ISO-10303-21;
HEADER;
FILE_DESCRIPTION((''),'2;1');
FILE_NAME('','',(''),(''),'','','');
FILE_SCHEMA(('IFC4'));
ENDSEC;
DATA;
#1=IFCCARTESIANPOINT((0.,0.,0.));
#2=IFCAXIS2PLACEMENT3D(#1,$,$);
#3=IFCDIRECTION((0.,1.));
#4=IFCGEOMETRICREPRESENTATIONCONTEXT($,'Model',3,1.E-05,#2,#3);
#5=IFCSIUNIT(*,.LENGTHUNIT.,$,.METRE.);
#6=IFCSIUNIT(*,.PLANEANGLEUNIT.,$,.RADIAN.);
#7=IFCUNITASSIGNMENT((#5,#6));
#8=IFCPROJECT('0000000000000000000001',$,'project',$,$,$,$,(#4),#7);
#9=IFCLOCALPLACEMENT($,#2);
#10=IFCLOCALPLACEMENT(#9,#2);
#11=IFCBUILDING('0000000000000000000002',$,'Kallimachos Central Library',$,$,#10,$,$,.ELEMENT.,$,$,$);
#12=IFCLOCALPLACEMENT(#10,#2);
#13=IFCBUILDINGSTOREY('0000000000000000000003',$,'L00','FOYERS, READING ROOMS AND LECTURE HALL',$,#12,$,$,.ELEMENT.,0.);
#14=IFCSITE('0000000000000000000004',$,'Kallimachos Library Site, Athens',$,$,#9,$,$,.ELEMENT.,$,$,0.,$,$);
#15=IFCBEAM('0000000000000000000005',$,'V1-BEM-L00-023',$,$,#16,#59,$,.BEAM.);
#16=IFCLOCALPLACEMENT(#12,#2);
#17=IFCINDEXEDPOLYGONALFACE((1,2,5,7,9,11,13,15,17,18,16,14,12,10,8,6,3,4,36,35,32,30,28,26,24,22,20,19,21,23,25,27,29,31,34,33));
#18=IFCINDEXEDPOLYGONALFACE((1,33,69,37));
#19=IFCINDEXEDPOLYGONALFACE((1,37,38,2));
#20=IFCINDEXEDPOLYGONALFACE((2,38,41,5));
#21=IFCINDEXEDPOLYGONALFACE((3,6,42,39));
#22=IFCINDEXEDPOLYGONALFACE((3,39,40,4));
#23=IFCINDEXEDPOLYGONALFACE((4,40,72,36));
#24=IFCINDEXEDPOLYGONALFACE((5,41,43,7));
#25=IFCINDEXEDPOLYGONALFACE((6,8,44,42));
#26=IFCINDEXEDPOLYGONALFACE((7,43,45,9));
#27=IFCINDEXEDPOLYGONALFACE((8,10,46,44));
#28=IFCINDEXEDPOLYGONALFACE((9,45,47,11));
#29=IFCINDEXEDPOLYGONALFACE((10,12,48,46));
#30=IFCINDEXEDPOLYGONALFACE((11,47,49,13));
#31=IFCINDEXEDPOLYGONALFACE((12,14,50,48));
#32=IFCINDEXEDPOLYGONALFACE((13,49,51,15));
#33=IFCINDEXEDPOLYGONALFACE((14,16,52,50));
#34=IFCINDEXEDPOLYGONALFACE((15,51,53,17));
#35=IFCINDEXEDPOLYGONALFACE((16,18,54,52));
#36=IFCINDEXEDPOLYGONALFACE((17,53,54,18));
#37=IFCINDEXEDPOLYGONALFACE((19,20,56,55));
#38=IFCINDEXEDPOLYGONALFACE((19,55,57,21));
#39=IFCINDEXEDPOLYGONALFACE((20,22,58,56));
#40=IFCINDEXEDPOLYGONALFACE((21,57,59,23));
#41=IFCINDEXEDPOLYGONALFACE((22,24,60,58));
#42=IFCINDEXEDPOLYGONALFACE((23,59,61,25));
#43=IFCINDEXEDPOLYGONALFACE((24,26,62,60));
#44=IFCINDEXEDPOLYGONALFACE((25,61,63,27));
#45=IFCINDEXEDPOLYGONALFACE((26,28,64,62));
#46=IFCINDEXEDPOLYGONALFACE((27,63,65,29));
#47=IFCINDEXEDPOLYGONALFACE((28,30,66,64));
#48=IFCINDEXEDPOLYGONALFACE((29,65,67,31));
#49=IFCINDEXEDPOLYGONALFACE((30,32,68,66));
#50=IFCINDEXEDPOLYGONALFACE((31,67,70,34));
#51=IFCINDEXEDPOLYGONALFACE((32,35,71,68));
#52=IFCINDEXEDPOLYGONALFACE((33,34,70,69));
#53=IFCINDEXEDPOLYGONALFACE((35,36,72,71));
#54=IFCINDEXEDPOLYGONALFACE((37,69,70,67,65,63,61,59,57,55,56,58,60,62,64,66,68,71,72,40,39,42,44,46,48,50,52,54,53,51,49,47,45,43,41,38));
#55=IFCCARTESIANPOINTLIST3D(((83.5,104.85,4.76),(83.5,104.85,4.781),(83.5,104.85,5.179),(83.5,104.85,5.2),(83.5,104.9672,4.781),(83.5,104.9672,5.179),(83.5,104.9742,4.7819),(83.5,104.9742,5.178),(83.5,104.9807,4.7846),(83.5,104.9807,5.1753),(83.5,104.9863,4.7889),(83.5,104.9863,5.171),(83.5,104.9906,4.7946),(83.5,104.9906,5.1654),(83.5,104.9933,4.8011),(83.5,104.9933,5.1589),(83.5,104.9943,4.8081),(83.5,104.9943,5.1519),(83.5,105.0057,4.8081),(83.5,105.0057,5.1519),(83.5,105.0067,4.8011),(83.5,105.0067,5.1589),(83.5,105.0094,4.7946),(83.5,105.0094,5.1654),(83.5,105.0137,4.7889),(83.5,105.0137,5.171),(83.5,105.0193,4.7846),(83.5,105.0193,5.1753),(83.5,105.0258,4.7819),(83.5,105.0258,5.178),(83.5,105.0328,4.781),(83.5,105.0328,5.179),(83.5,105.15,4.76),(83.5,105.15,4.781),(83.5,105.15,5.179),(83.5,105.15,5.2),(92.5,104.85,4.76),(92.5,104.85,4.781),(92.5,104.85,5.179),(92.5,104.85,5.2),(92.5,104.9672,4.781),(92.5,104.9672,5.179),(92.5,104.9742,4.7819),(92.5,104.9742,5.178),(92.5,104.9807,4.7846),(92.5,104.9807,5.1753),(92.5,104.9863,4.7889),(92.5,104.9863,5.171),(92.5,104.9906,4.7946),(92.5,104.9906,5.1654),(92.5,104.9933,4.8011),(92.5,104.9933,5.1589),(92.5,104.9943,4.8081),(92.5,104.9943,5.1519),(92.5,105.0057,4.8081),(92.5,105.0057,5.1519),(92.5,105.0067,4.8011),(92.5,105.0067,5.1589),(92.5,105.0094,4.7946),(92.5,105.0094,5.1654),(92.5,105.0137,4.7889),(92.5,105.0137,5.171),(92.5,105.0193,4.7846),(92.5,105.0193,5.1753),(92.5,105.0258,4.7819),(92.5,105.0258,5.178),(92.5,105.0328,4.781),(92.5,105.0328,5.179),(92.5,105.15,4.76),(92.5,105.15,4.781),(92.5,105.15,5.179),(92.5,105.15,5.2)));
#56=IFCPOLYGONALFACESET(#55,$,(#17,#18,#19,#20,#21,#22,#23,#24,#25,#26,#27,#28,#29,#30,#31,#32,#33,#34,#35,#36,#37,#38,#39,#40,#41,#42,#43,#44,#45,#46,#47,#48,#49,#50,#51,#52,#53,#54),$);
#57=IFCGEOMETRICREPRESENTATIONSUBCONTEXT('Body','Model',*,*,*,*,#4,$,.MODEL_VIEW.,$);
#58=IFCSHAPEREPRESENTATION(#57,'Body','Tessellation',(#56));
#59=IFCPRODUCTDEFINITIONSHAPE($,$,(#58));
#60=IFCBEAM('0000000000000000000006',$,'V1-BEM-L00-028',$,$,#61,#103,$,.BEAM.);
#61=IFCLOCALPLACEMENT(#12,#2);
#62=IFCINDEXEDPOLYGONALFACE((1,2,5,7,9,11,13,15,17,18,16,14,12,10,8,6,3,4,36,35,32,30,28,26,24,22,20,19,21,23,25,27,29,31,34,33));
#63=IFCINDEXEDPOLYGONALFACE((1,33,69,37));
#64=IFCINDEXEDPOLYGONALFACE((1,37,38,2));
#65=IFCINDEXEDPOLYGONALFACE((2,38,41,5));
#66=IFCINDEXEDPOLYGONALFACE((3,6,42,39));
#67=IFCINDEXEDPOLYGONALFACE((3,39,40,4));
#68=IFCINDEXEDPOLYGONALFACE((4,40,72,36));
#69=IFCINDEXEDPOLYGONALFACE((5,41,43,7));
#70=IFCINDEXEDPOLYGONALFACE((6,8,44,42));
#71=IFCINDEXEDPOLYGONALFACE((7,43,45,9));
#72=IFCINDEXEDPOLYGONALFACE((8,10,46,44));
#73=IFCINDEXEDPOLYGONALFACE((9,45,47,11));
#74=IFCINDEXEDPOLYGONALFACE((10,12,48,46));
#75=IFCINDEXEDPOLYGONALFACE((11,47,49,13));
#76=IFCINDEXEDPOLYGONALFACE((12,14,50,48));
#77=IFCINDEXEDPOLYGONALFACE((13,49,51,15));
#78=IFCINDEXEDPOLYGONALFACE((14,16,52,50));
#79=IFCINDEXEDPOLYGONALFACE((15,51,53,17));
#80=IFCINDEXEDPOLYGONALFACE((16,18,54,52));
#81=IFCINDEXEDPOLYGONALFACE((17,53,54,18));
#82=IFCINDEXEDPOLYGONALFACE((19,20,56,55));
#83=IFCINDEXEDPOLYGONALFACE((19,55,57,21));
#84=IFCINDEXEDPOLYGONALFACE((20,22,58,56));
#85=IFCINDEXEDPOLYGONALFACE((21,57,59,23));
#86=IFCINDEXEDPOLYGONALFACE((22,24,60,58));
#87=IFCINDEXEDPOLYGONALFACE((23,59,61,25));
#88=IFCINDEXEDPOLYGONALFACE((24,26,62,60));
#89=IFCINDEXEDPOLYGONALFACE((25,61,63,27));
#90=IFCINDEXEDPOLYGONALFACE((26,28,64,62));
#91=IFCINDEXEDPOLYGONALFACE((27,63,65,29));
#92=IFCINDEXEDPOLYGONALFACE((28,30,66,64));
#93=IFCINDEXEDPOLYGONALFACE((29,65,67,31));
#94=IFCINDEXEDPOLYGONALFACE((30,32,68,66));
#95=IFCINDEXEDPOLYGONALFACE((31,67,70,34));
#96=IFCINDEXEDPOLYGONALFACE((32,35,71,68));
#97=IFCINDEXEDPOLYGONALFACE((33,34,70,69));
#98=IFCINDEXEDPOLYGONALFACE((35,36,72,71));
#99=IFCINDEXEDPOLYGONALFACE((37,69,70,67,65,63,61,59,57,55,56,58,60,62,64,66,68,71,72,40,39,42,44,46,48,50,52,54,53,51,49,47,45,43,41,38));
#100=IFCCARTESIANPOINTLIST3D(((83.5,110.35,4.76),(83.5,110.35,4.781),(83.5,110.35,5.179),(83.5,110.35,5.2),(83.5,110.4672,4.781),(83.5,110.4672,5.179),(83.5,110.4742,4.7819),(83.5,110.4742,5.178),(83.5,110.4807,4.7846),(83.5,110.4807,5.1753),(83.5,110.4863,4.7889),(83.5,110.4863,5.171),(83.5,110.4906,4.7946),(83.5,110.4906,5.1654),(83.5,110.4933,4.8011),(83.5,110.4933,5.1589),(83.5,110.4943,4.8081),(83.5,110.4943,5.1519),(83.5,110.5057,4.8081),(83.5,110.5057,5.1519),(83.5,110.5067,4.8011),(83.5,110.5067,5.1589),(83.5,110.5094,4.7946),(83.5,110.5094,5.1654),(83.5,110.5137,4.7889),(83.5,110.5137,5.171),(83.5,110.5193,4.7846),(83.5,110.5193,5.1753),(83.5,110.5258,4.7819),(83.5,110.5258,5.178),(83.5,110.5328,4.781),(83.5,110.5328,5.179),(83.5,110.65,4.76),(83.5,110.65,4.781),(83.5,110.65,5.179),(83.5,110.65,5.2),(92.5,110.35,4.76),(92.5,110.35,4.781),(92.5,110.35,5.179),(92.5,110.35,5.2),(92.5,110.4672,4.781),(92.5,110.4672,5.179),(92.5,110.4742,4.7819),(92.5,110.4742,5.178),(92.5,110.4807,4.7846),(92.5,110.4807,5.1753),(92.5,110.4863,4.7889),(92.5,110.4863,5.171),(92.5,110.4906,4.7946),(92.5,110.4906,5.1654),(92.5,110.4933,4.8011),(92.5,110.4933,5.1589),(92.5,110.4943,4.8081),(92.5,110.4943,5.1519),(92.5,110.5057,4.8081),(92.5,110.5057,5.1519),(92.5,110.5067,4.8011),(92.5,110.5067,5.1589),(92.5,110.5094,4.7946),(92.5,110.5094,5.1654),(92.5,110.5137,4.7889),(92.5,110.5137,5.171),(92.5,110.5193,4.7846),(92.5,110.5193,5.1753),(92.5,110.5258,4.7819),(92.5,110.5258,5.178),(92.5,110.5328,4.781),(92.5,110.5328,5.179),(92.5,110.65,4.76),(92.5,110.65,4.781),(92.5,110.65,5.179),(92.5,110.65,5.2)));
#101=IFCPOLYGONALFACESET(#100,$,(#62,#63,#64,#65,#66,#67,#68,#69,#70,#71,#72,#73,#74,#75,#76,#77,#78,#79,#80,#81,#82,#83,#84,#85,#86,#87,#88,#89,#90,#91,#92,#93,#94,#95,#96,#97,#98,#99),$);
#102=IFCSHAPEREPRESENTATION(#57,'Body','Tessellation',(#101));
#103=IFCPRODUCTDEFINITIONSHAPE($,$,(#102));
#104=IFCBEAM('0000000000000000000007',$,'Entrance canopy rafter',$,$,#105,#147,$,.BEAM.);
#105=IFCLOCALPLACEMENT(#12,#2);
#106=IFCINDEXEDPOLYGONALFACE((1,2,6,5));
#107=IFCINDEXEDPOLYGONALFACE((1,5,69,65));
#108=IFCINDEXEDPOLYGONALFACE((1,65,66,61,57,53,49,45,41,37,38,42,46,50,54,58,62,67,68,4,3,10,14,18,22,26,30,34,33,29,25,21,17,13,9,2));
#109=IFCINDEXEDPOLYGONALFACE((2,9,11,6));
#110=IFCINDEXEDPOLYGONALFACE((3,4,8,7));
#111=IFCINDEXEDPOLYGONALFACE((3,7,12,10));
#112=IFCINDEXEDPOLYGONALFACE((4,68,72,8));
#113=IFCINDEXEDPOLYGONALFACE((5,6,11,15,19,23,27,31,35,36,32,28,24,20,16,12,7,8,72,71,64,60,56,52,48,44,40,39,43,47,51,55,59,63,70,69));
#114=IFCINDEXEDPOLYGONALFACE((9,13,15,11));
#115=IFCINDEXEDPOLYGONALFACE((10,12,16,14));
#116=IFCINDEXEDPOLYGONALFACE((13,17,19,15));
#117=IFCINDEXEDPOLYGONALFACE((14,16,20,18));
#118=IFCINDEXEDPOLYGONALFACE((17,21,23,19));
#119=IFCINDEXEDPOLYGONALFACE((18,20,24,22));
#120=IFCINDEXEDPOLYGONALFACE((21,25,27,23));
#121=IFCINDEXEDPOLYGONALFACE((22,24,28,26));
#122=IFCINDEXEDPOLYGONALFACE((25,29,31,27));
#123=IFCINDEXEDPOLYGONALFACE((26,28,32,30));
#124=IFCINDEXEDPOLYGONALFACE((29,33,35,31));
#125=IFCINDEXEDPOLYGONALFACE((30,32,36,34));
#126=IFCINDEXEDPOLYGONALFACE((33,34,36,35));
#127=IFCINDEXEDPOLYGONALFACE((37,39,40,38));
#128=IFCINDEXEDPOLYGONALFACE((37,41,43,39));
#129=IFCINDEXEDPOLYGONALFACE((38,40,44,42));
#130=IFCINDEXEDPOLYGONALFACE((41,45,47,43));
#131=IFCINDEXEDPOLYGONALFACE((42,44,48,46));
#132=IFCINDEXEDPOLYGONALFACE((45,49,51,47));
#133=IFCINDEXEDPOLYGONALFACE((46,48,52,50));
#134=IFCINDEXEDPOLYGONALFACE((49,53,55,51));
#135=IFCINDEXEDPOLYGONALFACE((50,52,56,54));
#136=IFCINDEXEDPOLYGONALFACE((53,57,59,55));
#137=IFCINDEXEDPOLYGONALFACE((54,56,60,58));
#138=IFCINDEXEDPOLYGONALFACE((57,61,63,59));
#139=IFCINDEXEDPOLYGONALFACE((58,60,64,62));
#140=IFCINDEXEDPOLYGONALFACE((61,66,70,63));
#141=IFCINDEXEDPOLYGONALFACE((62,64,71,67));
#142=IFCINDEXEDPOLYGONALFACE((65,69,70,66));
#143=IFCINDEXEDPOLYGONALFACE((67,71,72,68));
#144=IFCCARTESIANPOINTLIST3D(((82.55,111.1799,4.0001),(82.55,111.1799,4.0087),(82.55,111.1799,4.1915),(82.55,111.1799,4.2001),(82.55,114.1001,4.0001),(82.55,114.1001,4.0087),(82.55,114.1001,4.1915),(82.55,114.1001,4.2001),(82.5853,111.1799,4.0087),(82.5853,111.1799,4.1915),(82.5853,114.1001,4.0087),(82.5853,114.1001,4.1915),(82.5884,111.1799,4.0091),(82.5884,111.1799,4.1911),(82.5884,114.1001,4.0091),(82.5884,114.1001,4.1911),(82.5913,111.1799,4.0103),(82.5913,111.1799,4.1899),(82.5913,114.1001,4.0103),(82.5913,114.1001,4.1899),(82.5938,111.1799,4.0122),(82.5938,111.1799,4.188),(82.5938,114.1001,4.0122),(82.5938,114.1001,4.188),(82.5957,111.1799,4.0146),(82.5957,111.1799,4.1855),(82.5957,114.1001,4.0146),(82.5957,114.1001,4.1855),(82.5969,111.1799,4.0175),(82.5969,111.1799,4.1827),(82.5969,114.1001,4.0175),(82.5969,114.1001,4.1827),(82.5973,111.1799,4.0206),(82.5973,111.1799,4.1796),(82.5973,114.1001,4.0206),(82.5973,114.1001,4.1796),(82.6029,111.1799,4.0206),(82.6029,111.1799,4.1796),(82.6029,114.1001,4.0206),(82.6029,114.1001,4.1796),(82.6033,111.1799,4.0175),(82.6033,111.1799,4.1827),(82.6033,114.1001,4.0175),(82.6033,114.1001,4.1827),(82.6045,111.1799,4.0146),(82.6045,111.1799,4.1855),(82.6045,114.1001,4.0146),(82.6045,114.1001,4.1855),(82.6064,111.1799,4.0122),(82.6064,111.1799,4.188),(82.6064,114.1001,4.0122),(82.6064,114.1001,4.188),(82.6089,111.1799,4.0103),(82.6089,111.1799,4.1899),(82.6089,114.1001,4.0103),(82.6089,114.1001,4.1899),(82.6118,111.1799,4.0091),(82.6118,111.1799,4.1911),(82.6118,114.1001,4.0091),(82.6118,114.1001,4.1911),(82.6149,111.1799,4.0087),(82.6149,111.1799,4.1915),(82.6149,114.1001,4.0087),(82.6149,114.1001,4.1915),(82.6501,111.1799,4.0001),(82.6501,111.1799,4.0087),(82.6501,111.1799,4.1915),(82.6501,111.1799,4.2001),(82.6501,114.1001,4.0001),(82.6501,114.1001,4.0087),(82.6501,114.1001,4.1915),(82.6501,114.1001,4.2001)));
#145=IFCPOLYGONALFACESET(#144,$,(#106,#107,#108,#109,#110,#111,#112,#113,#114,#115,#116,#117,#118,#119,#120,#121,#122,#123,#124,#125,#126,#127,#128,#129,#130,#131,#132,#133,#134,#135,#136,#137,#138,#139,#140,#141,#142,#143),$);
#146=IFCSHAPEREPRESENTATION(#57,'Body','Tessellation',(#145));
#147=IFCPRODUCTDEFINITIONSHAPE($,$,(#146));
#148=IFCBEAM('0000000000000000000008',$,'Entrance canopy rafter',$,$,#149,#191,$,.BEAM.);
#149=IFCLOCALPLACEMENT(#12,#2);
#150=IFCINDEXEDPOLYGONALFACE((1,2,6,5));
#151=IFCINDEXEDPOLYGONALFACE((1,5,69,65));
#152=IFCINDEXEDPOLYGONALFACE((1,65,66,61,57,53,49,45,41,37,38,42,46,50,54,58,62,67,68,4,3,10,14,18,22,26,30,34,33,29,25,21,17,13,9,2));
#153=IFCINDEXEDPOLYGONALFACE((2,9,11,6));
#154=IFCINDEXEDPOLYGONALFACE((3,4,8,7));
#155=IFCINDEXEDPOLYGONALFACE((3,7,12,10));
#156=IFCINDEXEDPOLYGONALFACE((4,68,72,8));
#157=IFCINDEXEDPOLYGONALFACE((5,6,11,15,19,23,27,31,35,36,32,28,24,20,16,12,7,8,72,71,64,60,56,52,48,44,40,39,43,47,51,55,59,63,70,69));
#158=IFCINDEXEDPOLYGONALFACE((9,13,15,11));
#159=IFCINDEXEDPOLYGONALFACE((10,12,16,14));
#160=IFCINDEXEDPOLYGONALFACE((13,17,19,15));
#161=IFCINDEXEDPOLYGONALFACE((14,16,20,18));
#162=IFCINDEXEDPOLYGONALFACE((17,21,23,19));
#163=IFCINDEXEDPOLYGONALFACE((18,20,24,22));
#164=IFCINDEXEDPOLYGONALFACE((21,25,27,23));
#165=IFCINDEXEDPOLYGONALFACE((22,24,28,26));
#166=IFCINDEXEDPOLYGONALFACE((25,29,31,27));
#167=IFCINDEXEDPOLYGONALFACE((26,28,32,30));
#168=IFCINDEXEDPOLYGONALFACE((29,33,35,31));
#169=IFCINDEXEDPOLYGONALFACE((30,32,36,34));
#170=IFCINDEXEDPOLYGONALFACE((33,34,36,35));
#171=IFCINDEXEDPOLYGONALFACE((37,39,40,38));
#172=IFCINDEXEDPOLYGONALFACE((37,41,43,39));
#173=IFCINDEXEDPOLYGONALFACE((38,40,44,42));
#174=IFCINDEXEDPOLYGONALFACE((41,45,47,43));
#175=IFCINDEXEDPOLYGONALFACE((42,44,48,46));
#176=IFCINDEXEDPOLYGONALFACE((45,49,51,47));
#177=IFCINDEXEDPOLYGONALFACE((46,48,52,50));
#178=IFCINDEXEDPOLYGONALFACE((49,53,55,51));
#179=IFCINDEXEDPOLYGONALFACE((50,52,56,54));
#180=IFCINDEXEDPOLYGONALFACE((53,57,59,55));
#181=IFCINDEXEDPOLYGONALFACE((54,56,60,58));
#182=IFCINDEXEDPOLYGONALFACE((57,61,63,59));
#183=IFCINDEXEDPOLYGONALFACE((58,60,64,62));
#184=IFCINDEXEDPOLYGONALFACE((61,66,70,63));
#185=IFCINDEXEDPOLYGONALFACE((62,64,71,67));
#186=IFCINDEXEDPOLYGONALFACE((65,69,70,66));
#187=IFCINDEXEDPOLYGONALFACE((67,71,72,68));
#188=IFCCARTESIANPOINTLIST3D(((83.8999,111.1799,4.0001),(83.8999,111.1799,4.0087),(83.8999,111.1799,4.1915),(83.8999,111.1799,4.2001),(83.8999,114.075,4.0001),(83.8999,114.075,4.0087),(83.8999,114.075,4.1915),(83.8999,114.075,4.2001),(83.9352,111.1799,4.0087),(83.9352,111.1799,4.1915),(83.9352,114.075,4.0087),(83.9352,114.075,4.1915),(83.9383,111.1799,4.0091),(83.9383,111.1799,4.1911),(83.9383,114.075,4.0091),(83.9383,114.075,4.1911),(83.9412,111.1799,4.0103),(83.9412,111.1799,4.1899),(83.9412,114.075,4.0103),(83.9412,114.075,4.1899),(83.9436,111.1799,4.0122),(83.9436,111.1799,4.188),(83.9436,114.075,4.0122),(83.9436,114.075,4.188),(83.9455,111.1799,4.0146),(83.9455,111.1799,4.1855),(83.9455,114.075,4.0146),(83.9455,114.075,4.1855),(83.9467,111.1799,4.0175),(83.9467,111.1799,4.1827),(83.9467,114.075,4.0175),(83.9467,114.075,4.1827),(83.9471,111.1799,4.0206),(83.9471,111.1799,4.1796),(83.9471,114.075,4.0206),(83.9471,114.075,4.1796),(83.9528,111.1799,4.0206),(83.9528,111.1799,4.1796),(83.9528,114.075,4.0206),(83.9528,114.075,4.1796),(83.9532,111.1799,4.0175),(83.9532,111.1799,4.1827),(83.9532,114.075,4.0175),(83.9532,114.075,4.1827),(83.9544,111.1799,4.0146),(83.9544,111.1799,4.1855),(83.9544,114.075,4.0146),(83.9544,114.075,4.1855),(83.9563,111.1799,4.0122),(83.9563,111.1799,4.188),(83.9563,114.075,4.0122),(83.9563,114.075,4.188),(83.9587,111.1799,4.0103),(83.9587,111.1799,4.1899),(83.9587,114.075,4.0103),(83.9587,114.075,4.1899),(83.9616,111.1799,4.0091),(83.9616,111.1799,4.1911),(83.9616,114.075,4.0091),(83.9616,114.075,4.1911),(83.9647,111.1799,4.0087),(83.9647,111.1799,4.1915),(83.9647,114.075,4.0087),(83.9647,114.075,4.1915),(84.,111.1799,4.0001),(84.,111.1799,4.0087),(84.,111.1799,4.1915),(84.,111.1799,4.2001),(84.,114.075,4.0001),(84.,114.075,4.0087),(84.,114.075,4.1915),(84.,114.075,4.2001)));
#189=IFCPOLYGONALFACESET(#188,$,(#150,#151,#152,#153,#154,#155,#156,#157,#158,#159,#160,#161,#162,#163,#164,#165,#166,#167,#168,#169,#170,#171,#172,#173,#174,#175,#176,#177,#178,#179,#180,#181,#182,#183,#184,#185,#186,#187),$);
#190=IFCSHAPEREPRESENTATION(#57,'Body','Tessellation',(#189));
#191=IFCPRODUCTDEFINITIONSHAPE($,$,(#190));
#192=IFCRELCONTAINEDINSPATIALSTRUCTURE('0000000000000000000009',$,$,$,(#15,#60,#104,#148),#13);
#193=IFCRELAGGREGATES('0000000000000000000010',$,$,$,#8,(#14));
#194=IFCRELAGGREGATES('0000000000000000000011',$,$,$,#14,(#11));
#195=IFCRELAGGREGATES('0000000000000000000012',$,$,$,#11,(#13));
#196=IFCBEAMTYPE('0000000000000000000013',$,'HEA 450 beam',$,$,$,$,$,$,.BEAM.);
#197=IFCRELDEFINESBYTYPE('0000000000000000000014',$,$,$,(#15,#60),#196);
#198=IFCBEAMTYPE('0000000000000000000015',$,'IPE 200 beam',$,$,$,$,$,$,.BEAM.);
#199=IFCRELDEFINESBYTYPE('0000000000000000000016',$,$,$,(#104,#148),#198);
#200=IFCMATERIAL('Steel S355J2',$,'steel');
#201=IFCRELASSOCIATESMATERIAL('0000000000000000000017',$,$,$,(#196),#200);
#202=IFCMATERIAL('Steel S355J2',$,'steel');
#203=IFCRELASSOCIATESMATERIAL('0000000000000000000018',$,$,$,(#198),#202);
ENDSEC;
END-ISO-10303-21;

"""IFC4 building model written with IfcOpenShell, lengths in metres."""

from ifc_helpers import new_model, si_unit, direction, frame, origin, origin_2d, place, context, subcontext, project, spatial, i_section, extrude, material, material_profile, profile_set, type_object, element, save


model = new_model("IFC4")

# Units and contexts
model_context = context("Model", 3, precision=1e-05, world=origin(), true_north=direction((0.0, 1.0)))
body_context = subcontext(model_context, "Body", "Model", "MODEL_VIEW")
ifc_project = project(units=[si_unit("LENGTHUNIT", "METRE"), si_unit("PLANEANGLEUNIT", "RADIAN")], contexts=[model_context])

# Site, building, storey
site_placement = place(None, origin())
site = spatial("IfcSite", under=ifc_project, at=site_placement, Name="Kallimachos Library Site, Athens", CompositionType="ELEMENT", RefElevation=0.0)
building_placement = place(site_placement, origin())
building = spatial("IfcBuilding", under=site, at=building_placement, Name="Kallimachos Central Library", CompositionType="ELEMENT")
storey_placement = place(building_placement, origin())
storey = spatial("IfcBuildingStorey", under=building, at=storey_placement, Name="L00", Description="FOYERS, READING ROOMS AND LECTURE HALL", CompositionType="ELEMENT", Elevation=0.0)

# Beams
ifc_material_1 = material(Name="Steel S355J2", Category="steel")
ifc_material_profile_1 = material_profile(ifc_material_1, i_section(OverallWidth=0.3, OverallDepth=0.4399, WebThickness=0.0115, FlangeThickness=0.021, FilletRadius=0.0271, at=origin_2d()), Name="HEA 450")
ifc_profile_set_1 = profile_set([ifc_material_profile_1], Name="Steel S355J2")
beam_type_1 = type_object("IfcBeamType", Name="HEA 450 beam", PredefinedType="BEAM", material=ifc_profile_set_1)
for number, where, z_axis, x_axis, name in (
    (1, (83.5, 105.0, 4.98), (1.0, 0.0, 0.0), (0.0, 1.0, 0.0), "V1-BEM-L00-023"),
    (2, (83.5, 110.5, 4.98), (1.0, 0.0, 0.0), (0.0, 1.0, 0.0), "V1-BEM-L00-028"),
):
    element("IfcBeam", number, at=place(storey_placement, frame(where, z_axis=z_axis, x_axis=x_axis)), inside=storey, type_object=beam_type_1, Name=name, PredefinedType="BEAM", context=body_context, shape_type="SweptSolid", body=[
        extrude(i_section(OverallWidth=0.3, OverallDepth=0.4399, WebThickness=0.0115, FlangeThickness=0.021, FilletRadius=0.0271, at=origin_2d()), origin(), (0.0, 0.0, 1.0), 9.0),
    ])
ifc_material_2 = material(Name="Steel S355J2", Category="steel")
ifc_material_profile_2 = material_profile(ifc_material_2, i_section(OverallWidth=0.1001, OverallDepth=0.2, WebThickness=0.0056, FlangeThickness=0.0085, FilletRadius=0.012, at=origin_2d()), Name="IPE 200")
ifc_profile_set_2 = profile_set([ifc_material_profile_2], Name="Steel S355J2")
beam_type_2 = type_object("IfcBeamType", Name="IPE 200 beam", PredefinedType="BEAM", material=ifc_profile_set_2)
beam_placement = place(storey_placement, frame((82.6001, 111.1799, 4.1001), z_axis=(0.0, 1.0, 0.0), x_axis=(-1.0, 0.0, 0.0)))
element("IfcBeam", 3, at=beam_placement, inside=storey, type_object=beam_type_2, Name="Entrance canopy rafter", PredefinedType="BEAM", context=body_context, shape_type="SweptSolid", body=[
    extrude(i_section(OverallWidth=0.1001, OverallDepth=0.2, WebThickness=0.0056, FlangeThickness=0.0085, FilletRadius=0.012, at=origin_2d()), origin(), (0.0, 0.0, 1.0), 2.9202),
])
for number, where, z_axis, x_axis, name in (
    (4, (83.95, 111.1799, 4.1001), (0.0, 1.0, 0.0), (-1.0, 0.0, 0.0), "Entrance canopy rafter"),
):
    element("IfcBeam", number, at=place(storey_placement, frame(where, z_axis=z_axis, x_axis=x_axis)), inside=storey, type_object=beam_type_2, Name=name, PredefinedType="BEAM", context=body_context, shape_type="SweptSolid", body=[
        extrude(i_section(OverallWidth=0.1001, OverallDepth=0.2, WebThickness=0.0056, FlangeThickness=0.0085, FilletRadius=0.012, at=origin_2d()), origin(), (0.0, 0.0, 1.0), 2.895),
    ])

save(model, "model.ifc")
